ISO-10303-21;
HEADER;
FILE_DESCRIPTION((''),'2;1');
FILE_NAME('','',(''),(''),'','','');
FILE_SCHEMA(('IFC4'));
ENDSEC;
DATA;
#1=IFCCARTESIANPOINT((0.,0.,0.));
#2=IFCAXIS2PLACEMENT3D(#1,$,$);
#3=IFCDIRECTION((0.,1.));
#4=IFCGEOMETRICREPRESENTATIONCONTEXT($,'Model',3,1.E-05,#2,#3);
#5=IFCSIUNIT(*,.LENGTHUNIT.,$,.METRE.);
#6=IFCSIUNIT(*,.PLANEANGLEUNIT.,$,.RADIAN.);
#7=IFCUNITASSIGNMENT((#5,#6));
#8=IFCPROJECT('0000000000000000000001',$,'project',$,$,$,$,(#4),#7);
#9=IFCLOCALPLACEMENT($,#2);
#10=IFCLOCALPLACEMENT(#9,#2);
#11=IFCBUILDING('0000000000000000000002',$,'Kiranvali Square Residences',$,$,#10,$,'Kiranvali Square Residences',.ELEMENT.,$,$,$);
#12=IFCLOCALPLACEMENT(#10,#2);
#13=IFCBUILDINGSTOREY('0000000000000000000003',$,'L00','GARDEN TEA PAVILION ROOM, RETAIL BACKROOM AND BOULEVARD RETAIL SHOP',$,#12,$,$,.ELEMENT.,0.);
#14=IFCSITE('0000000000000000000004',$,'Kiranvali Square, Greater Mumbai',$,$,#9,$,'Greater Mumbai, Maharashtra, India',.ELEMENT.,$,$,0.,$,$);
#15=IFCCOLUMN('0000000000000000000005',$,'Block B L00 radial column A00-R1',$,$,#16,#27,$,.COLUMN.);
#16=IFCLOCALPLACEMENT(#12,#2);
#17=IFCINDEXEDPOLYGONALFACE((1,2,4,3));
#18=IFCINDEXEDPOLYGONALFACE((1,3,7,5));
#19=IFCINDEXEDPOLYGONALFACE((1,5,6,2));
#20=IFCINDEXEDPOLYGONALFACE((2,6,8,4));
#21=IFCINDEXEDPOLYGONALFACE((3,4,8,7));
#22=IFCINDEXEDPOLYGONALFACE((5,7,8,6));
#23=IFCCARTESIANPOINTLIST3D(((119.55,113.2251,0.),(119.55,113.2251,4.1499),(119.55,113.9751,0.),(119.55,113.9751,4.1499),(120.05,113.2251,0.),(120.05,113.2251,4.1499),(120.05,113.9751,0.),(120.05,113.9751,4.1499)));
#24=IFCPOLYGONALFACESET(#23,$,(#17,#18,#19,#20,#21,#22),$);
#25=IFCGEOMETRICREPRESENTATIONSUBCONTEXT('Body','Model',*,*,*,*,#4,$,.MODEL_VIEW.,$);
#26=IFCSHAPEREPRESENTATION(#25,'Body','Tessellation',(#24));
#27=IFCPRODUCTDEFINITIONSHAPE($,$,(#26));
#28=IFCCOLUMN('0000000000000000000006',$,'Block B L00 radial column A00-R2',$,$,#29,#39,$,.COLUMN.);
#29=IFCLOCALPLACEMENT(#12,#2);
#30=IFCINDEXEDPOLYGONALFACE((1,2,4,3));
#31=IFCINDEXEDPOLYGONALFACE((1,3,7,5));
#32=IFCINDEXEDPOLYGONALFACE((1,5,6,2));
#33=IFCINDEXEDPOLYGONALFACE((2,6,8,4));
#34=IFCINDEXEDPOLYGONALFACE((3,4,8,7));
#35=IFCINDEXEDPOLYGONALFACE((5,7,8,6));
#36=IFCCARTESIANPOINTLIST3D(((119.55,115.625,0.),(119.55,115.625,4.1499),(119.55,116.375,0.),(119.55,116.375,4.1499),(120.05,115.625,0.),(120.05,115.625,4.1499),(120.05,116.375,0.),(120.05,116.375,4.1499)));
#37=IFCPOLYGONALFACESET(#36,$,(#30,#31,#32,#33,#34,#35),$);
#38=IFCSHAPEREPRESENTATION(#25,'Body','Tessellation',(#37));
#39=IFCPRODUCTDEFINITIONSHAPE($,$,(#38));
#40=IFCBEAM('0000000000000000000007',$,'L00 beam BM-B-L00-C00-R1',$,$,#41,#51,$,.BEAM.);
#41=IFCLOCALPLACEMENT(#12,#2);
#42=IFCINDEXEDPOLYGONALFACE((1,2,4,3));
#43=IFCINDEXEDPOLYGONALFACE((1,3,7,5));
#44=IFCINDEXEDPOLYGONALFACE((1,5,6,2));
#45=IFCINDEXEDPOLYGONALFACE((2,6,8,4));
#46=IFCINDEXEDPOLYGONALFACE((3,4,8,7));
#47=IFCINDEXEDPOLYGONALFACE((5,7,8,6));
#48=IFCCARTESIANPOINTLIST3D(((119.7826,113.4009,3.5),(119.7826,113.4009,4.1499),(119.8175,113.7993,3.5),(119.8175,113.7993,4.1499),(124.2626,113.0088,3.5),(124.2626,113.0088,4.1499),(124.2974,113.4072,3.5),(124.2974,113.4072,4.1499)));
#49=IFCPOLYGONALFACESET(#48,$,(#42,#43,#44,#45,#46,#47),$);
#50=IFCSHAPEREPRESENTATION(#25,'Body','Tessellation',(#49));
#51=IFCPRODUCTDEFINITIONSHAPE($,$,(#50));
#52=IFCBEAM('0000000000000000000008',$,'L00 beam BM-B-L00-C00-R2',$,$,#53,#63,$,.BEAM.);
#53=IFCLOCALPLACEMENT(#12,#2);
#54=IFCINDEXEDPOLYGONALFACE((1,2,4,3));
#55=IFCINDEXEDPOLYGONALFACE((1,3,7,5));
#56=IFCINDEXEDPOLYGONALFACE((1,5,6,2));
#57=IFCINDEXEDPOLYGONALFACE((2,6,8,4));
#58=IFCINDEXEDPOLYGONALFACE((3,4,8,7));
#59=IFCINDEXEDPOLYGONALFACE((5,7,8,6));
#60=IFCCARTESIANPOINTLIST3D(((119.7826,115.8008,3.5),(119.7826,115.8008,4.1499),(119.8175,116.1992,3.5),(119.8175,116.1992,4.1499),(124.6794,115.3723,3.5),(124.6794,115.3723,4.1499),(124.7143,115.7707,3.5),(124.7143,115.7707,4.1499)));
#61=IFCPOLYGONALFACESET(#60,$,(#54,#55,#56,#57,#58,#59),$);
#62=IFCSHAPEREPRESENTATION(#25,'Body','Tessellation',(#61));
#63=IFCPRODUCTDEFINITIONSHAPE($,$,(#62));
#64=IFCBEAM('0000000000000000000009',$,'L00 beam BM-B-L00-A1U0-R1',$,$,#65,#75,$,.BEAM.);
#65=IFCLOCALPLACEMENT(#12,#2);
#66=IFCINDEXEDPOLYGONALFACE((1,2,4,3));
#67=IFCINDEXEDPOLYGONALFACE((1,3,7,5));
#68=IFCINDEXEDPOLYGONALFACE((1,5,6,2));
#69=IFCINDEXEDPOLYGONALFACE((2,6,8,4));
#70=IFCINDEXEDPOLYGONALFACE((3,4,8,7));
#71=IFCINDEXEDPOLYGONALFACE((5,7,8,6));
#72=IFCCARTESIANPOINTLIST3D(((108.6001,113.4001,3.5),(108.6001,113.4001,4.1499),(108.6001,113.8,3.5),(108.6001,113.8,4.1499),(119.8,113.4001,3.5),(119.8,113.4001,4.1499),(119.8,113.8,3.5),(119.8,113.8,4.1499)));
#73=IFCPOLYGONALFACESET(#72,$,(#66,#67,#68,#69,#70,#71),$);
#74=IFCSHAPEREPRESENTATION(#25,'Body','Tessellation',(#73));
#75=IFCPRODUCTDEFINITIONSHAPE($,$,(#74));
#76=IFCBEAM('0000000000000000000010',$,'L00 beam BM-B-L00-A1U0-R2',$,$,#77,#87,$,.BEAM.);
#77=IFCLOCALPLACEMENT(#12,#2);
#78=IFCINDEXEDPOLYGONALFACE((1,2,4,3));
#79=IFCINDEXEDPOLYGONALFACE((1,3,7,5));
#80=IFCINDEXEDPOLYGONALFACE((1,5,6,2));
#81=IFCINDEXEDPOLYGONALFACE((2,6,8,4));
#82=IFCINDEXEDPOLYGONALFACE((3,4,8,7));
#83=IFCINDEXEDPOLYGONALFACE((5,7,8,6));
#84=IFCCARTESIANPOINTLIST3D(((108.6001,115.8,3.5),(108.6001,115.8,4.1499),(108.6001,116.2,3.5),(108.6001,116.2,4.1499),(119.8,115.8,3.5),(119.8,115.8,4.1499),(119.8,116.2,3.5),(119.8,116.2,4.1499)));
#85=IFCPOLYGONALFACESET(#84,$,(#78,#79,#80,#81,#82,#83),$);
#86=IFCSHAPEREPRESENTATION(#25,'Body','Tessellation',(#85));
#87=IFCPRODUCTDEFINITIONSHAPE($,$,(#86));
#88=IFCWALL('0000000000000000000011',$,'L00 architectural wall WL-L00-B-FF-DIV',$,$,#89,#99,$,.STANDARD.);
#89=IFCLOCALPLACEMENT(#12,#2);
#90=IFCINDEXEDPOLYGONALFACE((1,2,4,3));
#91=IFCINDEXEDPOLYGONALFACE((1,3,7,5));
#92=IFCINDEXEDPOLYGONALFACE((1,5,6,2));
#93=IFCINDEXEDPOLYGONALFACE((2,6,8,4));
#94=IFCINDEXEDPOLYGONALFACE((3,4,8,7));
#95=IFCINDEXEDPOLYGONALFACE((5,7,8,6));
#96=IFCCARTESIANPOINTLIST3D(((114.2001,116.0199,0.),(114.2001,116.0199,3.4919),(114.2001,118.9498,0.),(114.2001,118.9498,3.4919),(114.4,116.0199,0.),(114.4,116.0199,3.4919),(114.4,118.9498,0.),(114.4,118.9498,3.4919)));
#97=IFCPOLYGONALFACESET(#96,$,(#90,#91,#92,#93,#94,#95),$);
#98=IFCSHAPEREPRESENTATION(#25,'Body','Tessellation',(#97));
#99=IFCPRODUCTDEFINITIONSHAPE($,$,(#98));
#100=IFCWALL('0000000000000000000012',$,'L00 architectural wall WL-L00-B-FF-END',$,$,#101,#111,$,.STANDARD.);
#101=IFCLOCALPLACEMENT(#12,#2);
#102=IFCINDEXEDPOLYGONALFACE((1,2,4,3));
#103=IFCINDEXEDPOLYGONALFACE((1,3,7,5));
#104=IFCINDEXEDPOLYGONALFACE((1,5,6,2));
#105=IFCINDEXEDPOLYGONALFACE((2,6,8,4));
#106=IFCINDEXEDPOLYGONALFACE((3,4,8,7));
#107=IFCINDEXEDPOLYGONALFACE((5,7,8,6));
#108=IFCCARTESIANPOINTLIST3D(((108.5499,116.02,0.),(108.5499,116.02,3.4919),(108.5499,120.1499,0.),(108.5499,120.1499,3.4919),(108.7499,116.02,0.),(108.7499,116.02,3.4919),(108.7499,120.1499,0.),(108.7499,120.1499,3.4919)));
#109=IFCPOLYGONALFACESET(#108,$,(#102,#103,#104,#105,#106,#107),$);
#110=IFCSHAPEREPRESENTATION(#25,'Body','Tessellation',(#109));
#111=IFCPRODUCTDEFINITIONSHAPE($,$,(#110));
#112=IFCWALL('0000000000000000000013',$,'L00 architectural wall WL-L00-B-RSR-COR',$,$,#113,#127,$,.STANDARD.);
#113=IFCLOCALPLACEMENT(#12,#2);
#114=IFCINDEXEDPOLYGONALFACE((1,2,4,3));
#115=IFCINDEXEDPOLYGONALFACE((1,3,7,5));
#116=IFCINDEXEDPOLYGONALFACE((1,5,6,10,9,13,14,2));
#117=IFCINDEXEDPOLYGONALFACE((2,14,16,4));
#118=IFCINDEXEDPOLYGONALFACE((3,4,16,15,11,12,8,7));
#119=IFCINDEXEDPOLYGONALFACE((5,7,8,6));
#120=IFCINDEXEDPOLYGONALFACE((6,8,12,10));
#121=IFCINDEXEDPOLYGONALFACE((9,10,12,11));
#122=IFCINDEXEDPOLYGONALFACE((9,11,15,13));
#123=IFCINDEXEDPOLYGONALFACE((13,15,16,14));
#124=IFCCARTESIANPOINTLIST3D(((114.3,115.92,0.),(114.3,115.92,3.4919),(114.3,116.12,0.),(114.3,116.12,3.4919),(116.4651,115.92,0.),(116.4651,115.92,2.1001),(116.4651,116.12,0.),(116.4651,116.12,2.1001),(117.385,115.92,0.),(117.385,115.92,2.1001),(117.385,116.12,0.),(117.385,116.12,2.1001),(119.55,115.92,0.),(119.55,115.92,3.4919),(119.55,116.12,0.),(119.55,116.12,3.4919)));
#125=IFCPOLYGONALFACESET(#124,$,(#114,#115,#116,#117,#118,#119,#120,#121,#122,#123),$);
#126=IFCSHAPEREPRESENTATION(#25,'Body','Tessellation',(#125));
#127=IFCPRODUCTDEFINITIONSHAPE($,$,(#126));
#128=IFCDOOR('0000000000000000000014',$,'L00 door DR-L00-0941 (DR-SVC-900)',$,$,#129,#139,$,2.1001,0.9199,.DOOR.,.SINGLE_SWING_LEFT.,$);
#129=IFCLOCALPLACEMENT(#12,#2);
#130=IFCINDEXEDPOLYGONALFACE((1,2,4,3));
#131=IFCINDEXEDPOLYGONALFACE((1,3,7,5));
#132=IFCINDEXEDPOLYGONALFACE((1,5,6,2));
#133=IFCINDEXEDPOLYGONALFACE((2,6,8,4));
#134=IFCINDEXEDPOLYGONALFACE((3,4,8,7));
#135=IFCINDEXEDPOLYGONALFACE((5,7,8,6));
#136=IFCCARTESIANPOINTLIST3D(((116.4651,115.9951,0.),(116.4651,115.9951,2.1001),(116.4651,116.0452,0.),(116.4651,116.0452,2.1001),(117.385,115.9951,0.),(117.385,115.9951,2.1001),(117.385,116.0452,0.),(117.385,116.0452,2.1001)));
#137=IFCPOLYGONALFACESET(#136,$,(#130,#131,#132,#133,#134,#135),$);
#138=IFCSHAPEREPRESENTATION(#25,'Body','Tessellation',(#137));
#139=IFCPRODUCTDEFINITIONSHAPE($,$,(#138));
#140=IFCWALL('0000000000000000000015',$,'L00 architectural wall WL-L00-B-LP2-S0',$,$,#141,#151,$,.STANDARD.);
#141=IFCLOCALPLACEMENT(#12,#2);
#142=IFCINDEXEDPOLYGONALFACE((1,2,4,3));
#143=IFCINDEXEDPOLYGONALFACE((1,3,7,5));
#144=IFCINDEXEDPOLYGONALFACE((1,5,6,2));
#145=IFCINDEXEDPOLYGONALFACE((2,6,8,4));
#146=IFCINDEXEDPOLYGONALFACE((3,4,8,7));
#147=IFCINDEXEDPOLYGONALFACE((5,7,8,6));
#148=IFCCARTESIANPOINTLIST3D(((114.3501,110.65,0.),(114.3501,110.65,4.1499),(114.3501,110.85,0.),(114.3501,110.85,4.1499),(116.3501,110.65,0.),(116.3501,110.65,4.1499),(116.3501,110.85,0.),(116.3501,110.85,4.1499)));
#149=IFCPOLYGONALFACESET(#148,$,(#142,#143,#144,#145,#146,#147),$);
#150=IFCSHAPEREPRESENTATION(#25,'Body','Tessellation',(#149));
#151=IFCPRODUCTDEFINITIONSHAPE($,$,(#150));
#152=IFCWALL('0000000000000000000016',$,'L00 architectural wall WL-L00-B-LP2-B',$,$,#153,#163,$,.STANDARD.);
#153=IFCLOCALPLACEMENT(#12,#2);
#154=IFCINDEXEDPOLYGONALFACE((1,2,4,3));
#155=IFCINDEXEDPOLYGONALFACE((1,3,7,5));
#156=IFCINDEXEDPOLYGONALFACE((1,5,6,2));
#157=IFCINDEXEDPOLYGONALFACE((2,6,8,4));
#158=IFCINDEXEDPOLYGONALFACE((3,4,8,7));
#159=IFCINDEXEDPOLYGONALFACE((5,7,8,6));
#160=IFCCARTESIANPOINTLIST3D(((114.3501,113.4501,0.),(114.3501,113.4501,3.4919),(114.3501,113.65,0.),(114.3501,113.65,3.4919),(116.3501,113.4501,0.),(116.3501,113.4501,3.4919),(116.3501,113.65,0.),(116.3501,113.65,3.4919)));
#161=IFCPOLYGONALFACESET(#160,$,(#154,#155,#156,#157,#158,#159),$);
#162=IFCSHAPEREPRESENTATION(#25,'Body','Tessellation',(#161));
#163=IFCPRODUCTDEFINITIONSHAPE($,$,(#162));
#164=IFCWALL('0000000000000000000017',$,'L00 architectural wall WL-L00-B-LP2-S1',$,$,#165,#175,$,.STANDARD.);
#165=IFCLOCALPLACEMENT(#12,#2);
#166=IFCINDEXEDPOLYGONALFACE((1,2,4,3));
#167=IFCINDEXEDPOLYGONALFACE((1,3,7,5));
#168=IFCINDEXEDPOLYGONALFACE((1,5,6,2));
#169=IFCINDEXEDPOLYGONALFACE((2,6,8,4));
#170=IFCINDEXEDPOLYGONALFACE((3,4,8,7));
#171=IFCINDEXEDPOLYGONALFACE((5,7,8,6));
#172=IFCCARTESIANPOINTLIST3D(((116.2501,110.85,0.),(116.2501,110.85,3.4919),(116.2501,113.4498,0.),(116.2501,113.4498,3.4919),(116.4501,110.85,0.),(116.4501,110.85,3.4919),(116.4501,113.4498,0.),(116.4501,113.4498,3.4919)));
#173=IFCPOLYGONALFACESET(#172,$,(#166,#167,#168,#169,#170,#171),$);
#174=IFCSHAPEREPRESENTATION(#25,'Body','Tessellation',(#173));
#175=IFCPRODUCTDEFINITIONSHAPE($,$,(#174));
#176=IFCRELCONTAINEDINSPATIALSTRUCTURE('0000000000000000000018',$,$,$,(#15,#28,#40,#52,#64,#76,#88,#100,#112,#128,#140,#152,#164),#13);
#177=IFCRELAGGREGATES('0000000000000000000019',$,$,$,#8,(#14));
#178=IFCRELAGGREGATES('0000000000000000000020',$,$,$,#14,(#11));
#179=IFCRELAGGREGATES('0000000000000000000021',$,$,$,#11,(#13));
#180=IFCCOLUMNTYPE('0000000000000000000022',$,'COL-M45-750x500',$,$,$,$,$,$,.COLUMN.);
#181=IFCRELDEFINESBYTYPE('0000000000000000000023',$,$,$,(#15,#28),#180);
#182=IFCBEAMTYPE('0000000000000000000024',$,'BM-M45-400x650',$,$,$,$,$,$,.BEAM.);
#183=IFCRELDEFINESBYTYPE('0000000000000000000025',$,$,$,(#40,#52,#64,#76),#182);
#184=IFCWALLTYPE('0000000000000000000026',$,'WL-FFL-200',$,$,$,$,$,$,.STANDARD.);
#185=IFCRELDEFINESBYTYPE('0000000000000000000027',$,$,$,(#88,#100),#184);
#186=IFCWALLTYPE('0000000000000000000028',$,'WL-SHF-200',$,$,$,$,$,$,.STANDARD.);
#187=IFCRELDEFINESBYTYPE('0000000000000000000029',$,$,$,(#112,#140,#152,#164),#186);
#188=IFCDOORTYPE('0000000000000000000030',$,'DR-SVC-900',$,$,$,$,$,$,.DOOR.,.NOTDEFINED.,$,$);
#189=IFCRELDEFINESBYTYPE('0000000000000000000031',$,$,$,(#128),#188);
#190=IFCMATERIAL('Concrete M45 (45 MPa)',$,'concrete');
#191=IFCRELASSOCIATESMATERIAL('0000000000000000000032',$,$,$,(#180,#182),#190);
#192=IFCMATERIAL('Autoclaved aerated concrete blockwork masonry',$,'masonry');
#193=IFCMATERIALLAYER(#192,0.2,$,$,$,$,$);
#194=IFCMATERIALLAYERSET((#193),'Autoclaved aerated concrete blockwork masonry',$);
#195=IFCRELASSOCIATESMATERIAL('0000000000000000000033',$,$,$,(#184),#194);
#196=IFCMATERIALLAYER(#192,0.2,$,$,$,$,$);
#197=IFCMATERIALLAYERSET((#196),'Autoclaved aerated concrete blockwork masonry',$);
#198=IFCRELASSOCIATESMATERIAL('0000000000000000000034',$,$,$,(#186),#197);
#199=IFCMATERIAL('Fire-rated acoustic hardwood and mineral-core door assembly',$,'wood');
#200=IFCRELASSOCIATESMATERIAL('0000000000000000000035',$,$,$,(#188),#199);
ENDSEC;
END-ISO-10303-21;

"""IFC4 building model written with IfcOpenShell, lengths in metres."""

from ifc_helpers import new_model, si_unit, direction, frame, frame_2d, origin, origin_2d, place, context, subcontext, project, spatial, rectangle, extrude, material, layer, layer_set, material_profile, profile_set, type_object, element, fill, save


model = new_model("IFC4")

# Units and contexts
model_context = context("Model", 3, precision=1e-05, world=origin(), true_north=direction((0.0, 1.0)))
body_context = subcontext(model_context, "Body", "Model", "MODEL_VIEW")
ifc_project = project(units=[si_unit("LENGTHUNIT", "METRE"), si_unit("PLANEANGLEUNIT", "RADIAN")], contexts=[model_context])

# Site, building, storey
site_placement = place(None, origin())
site = spatial("IfcSite", under=ifc_project, at=site_placement, Name="Kiranvali Square, Greater Mumbai", LongName="Greater Mumbai, Maharashtra, India", CompositionType="ELEMENT", RefElevation=0.0)
building_placement = place(site_placement, origin())
building = spatial("IfcBuilding", under=site, at=building_placement, Name="Kiranvali Square Residences", LongName="Kiranvali Square Residences", CompositionType="ELEMENT")
storey_placement = place(building_placement, origin())
storey = spatial("IfcBuildingStorey", under=building, at=storey_placement, Name="L00", Description="GARDEN TEA PAVILION ROOM, RETAIL BACKROOM AND BOULEVARD RETAIL SHOP", CompositionType="ELEMENT", Elevation=0.0)

# Columns
ifc_material_1 = material(Name="Concrete M45 (45 MPa)", Category="concrete")
ifc_material_profile_1 = material_profile(ifc_material_1, rectangle(XDim=0.5, YDim=0.75, at=origin_2d()), Name="RC 750x500")
ifc_profile_set_1 = profile_set([ifc_material_profile_1], Name="Concrete M45 (45 MPa)")
column_type = type_object("IfcColumnType", Name="COL-M45-750x500", PredefinedType="COLUMN", material=ifc_profile_set_1)
for number, where, z_axis, x_axis, name in (
    (1, (119.8, 113.6001, 0.0), (0.0, 0.0, 1.0), (1.0, 0.0, 0.0), "Block B L00 radial column A00-R1"),
    (2, (119.8, 116.0, 0.0), (0.0, 0.0, 1.0), (1.0, 0.0, 0.0), "Block B L00 radial column A00-R2"),
):
    element("IfcColumn", number, at=place(storey_placement, frame(where, z_axis=z_axis, x_axis=x_axis)), inside=storey, type_object=column_type, Name=name, PredefinedType="COLUMN", context=body_context, shape_type="SweptSolid", body=[
        extrude(rectangle(XDim=0.5, YDim=0.75, at=origin_2d()), origin(), (0.0, 0.0, 1.0), 4.1499),
    ])

# Beams
ifc_material_profile_2 = material_profile(ifc_material_1, rectangle(XDim=0.3999, YDim=0.6499, at=origin_2d()), Name="RC 400x650")
ifc_profile_set_2 = profile_set([ifc_material_profile_2], Name="Concrete M45 (45 MPa)")
beam_type = type_object("IfcBeamType", Name="BM-M45-400x650", PredefinedType="BEAM", material=ifc_profile_set_2)
beam_1_placement = place(storey_placement, frame((119.8, 113.6001, 3.825), z_axis=(0.996192, -0.087187, 0.0), x_axis=(0.087187, 0.996192, 0.0)))
element("IfcBeam", 3, at=beam_1_placement, inside=storey, type_object=beam_type, Name="L00 beam BM-B-L00-C00-R1", PredefinedType="BEAM", context=body_context, shape_type="SweptSolid", body=[
    extrude(rectangle(XDim=0.3999, YDim=0.6499, at=origin_2d()), origin(), (0.0, 0.0, 1.0), 4.4971),
])
beam_2_placement = place(storey_placement, frame((119.8, 116.0, 3.825), z_axis=(0.996194, -0.087168, 0.0), x_axis=(0.087168, 0.996194, 0.0)))
element("IfcBeam", 4, at=beam_2_placement, inside=storey, type_object=beam_type, Name="L00 beam BM-B-L00-C00-R2", PredefinedType="BEAM", context=body_context, shape_type="SweptSolid", body=[
    extrude(rectangle(XDim=0.3999, YDim=0.6499, at=origin_2d()), origin(), (0.0, 0.0, 1.0), 4.9155),
])
for number, where, z_axis, x_axis, name in (
    (5, (119.8, 113.6001, 3.825), (-1.0, 0.0, 0.0), (0.0, -1.0, 0.0), "L00 beam BM-B-L00-A1U0-R1"),
    (6, (119.8, 116.0, 3.825), (-1.0, 0.0, 0.0), (0.0, -1.0, 0.0), "L00 beam BM-B-L00-A1U0-R2"),
):
    element("IfcBeam", number, at=place(storey_placement, frame(where, z_axis=z_axis, x_axis=x_axis)), inside=storey, type_object=beam_type, Name=name, PredefinedType="BEAM", context=body_context, shape_type="SweptSolid", body=[
        extrude(rectangle(XDim=0.3999, YDim=0.6499, at=origin_2d()), origin(), (0.0, 0.0, 1.0), 11.2),
    ])

# Shared definitions
ifc_material_2 = material(Name="Autoclaved aerated concrete blockwork masonry", Category="masonry")
ifc_material_3 = material(Name="Fire-rated acoustic hardwood and mineral-core door assembly", Category="wood")
ifc_layer_1 = layer(ifc_material_2, 0.2)
ifc_layer_set_1 = layer_set([ifc_layer_1], Name="Autoclaved aerated concrete blockwork masonry")
wall_type_1 = type_object("IfcWallType", Name="WL-FFL-200", PredefinedType="STANDARD", material=ifc_layer_set_1)

# Walls
wall_1_placement = place(storey_placement, frame((114.3, 116.02, 0.0), z_axis=(0.0, 0.0, 1.0), x_axis=(0.0, 1.0, 0.0)))
element("IfcWall", 7, at=wall_1_placement, inside=storey, type_object=wall_type_1, Name="L00 architectural wall WL-L00-B-FF-DIV", PredefinedType="STANDARD", context=body_context, shape_type="SweptSolid", body=[
    extrude(rectangle(XDim=2.9299, YDim=0.2, at=frame_2d((1.4648, 0.0))), origin(), (0.0, 0.0, 1.0), 3.4919),
])
wall_2_placement = place(storey_placement, frame((108.6499, 116.02, 0.0), z_axis=(0.0, 0.0, 1.0), x_axis=(0.0, 1.0, 0.0)))
element("IfcWall", 8, at=wall_2_placement, inside=storey, type_object=wall_type_1, Name="L00 architectural wall WL-L00-B-FF-END", PredefinedType="STANDARD", context=body_context, shape_type="SweptSolid", body=[
    extrude(rectangle(XDim=4.1299, YDim=0.2, at=frame_2d((2.0649, 0.0))), origin(), (0.0, 0.0, 1.0), 3.4919),
])

# Wall, opening, door
ifc_layer_2 = layer(ifc_material_2, 0.2)
ifc_layer_set_2 = layer_set([ifc_layer_2], Name="Autoclaved aerated concrete blockwork masonry")
wall_type_2 = type_object("IfcWallType", Name="WL-SHF-200", PredefinedType="STANDARD", material=ifc_layer_set_2)
wall_3_placement = place(storey_placement, frame((119.55, 116.02, 0.0), z_axis=(0.0, 0.0, 1.0), x_axis=(-1.0, 0.0, 0.0)))
wall_3 = element("IfcWall", 9, at=wall_3_placement, inside=storey, type_object=wall_type_2, Name="L00 architectural wall WL-L00-B-RSR-COR", PredefinedType="STANDARD", context=body_context, shape_type="SweptSolid", body=[
    extrude(rectangle(XDim=5.25, YDim=0.2, at=frame_2d((2.625, 0.0))), origin(), (0.0, 0.0, 1.0), 3.4919),
])
opening_1_placement = place(wall_3_placement, frame((2.165, 0.0, 0.0)))
opening_1 = element("IfcOpeningElement", 10, at=opening_1_placement, cuts=wall_3, PredefinedType="OPENING", context=body_context, shape_type="SweptSolid", body=[
    extrude(rectangle(XDim=0.9199, YDim=2.1001, at=frame_2d((0.46, 1.05))), frame((0.0, 0.1099, 0.0), z_axis=(0.0, -1.0, 0.0), x_axis=(1.0, 0.0, 0.0)), (0.0, 0.0, 1.0), 0.22),
])
door_type_1 = type_object("IfcDoorType", Name="DR-SVC-900", OperationType="NOTDEFINED", PredefinedType="DOOR", material=ifc_material_3)
door_1_placement = place(opening_1_placement, origin())
door_1 = element("IfcDoor", 11, at=door_1_placement, inside=storey, type_object=door_type_1, Name="L00 door DR-L00-0941 (DR-SVC-900)", OperationType="SINGLE_SWING_LEFT", OverallHeight=2.1001, OverallWidth=0.9199, PredefinedType="DOOR", context=body_context, shape_type="SweptSolid", body=[
    extrude(rectangle(XDim=0.9199, YDim=2.1001, at=frame_2d((0.46, 1.05))), frame((0.0, 0.0249, 0.0), z_axis=(0.0, -1.0, 0.0), x_axis=(1.0, 0.0, 0.0)), (0.0, 0.0, 1.0), 0.05),
])
fill(opening_1, door_1)

# Walls
wall_4_placement = place(storey_placement, frame((116.3501, 110.75, 0.0), z_axis=(0.0, 0.0, 1.0), x_axis=(-1.0, 0.0, 0.0)))
element("IfcWall", 12, at=wall_4_placement, inside=storey, type_object=wall_type_2, Name="L00 architectural wall WL-L00-B-LP2-S0", PredefinedType="STANDARD", context=body_context, shape_type="SweptSolid", body=[
    extrude(rectangle(XDim=2.0, YDim=0.2, at=frame_2d((1.0, 0.0))), origin(), (0.0, 0.0, 1.0), 4.1499),
])
wall_5_placement = place(storey_placement, frame((116.3501, 113.55, 0.0), z_axis=(0.0, 0.0, 1.0), x_axis=(-1.0, 0.0, 0.0)))
element("IfcWall", 13, at=wall_5_placement, inside=storey, type_object=wall_type_2, Name="L00 architectural wall WL-L00-B-LP2-B", PredefinedType="STANDARD", context=body_context, shape_type="SweptSolid", body=[
    extrude(rectangle(XDim=2.0, YDim=0.2, at=frame_2d((1.0, 0.0))), origin(), (0.0, 0.0, 1.0), 3.4919),
])
wall_6_placement = place(storey_placement, frame((116.3501, 110.8501, 0.0), z_axis=(0.0, 0.0, 1.0), x_axis=(0.0, 1.0, 0.0)))
element("IfcWall", 14, at=wall_6_placement, inside=storey, type_object=wall_type_2, Name="L00 architectural wall WL-L00-B-LP2-S1", PredefinedType="STANDARD", context=body_context, shape_type="SweptSolid", body=[
    extrude(rectangle(XDim=2.5999, YDim=0.2, at=frame_2d((1.2998, 0.0))), origin(), (0.0, 0.0, 1.0), 3.4919),
])

save(model, "model.ifc")
